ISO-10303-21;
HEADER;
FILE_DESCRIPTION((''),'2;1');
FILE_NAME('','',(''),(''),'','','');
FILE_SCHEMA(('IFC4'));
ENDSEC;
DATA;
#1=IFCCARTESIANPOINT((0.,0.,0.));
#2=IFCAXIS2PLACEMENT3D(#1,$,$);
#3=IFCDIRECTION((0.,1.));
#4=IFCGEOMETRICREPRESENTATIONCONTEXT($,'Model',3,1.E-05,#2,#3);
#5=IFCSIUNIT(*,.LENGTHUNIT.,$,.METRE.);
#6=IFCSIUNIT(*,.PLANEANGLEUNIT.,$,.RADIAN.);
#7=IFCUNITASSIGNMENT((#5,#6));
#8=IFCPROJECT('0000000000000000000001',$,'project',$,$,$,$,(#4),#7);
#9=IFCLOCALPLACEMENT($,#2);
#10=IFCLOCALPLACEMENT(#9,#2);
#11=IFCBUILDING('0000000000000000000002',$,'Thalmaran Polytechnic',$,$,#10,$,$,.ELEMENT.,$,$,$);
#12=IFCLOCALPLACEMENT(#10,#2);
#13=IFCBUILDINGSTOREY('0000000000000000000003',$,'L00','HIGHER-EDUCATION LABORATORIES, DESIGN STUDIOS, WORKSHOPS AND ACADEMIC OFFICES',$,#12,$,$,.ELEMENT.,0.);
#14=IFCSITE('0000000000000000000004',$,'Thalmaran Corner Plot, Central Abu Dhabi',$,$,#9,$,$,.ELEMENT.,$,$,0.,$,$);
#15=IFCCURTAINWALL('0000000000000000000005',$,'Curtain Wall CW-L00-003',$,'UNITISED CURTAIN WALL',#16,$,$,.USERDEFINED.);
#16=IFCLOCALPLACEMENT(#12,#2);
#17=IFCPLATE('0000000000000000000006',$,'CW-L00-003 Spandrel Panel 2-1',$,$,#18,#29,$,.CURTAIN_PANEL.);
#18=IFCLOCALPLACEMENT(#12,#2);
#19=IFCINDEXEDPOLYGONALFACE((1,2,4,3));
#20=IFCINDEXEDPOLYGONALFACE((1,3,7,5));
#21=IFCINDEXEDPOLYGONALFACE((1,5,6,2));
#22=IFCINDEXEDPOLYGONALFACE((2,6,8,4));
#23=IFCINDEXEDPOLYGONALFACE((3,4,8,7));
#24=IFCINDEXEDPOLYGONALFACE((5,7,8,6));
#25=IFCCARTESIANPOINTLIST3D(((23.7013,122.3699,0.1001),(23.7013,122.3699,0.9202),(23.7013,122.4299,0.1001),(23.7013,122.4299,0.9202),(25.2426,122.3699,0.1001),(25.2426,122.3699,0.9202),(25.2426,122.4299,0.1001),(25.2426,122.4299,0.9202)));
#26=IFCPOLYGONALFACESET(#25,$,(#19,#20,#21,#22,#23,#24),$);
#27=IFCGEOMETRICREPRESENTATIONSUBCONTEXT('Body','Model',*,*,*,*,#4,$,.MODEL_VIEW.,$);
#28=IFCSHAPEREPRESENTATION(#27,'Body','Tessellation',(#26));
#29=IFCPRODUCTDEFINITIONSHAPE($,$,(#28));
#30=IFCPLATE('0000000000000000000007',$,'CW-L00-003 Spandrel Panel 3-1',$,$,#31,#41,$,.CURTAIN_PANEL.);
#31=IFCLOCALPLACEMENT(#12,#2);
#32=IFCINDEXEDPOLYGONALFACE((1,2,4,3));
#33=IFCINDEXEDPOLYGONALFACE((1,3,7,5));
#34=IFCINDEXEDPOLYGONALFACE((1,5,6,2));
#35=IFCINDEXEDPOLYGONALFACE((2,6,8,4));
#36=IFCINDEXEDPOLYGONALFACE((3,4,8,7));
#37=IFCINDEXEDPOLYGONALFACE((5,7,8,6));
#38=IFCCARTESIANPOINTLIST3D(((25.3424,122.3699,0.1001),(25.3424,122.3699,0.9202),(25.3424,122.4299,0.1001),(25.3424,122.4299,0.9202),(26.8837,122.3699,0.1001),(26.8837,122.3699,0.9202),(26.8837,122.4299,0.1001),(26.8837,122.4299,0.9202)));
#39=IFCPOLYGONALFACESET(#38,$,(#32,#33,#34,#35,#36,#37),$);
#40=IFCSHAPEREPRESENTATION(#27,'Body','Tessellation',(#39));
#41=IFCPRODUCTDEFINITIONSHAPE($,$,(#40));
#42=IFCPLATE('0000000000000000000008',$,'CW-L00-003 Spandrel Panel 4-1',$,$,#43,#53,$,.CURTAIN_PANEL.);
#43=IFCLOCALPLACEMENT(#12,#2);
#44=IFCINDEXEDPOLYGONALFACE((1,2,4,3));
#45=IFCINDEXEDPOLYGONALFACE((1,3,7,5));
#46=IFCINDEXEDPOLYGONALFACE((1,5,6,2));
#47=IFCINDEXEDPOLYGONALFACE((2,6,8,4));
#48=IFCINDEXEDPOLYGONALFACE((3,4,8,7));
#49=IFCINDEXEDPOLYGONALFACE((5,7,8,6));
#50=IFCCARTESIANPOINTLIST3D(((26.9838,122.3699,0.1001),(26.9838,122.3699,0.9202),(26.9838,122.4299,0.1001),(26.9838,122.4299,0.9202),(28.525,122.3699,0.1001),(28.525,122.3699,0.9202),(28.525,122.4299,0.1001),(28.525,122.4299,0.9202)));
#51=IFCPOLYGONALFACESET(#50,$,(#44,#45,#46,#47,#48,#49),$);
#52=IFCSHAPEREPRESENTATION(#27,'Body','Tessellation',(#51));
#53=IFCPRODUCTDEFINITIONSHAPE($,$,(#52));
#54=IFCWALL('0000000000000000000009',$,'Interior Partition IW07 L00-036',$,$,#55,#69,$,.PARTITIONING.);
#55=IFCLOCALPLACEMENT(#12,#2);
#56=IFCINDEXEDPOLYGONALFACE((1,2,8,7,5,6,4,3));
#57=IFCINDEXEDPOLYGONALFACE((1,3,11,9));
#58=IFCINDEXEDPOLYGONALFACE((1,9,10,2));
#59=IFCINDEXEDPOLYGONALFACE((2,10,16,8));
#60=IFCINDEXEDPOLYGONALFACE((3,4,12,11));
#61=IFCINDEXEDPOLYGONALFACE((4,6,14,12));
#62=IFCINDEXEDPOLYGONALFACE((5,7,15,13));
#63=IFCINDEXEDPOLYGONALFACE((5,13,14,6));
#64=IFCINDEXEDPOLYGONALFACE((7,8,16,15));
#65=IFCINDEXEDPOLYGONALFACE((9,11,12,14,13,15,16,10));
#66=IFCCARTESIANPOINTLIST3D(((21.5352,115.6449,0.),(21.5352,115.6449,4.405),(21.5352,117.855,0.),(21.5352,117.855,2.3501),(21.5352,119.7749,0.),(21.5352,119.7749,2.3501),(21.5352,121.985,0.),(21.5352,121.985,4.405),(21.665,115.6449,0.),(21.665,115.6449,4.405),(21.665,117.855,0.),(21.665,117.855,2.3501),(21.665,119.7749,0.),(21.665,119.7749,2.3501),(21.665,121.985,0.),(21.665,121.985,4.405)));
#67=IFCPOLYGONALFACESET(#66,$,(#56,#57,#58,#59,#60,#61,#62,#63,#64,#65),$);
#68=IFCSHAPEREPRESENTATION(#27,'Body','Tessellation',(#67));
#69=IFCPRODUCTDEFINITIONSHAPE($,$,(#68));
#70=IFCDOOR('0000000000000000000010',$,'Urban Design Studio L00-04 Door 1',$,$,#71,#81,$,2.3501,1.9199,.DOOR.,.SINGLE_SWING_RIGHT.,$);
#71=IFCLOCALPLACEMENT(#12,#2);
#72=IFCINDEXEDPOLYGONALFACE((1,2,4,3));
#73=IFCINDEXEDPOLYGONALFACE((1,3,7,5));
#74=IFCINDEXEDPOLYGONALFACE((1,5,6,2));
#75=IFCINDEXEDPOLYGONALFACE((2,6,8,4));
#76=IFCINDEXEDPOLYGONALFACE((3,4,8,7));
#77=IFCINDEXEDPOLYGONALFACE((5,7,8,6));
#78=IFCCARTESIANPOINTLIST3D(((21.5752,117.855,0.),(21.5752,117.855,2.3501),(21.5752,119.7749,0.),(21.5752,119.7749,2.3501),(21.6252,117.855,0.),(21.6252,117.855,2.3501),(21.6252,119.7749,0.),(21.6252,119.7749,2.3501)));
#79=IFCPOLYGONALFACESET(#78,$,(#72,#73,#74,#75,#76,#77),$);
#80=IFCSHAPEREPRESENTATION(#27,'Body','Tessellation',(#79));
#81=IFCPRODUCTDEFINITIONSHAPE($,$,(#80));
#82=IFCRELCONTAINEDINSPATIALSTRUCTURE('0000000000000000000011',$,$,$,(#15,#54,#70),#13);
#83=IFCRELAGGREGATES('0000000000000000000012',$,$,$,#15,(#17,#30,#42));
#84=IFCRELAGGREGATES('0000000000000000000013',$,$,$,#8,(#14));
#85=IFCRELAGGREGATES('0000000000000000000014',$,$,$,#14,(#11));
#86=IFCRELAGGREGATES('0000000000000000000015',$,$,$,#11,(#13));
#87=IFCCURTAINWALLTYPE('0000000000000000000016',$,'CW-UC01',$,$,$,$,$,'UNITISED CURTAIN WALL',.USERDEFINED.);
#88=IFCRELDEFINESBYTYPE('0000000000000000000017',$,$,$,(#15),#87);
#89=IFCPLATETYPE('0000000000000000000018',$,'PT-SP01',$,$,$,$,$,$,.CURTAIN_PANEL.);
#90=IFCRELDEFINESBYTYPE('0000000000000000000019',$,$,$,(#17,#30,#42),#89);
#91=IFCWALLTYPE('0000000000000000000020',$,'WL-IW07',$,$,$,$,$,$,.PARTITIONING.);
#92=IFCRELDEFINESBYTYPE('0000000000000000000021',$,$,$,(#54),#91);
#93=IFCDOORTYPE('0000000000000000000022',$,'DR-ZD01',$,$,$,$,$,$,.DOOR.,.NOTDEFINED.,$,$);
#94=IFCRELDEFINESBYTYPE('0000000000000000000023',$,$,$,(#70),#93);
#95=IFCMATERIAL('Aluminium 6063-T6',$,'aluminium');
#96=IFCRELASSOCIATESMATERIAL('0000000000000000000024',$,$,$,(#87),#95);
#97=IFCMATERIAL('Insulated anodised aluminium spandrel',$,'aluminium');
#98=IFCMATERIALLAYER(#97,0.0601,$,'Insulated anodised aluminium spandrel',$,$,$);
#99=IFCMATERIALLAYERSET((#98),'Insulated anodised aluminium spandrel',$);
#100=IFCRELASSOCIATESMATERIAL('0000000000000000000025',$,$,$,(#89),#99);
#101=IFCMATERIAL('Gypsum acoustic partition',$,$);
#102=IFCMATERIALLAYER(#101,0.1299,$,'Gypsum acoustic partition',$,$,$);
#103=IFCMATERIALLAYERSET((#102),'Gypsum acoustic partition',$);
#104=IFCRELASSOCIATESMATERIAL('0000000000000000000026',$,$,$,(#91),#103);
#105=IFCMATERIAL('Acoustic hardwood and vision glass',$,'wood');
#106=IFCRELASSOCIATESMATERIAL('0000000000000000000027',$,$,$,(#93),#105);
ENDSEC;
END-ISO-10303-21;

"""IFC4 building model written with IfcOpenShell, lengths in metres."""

from ifc_helpers import new_model, si_unit, direction, frame, frame_2d, origin, origin_2d, place, context, subcontext, project, spatial, rectangle, extrude, material, layer, layer_set, type_object, element, fill, aggregate, save


model = new_model("IFC4")

# Units and contexts
model_context = context("Model", 3, precision=1e-05, world=origin(), true_north=direction((0.0, 1.0)))
body_context = subcontext(model_context, "Body", "Model", "MODEL_VIEW")
ifc_project = project(units=[si_unit("LENGTHUNIT", "METRE"), si_unit("PLANEANGLEUNIT", "RADIAN")], contexts=[model_context])

# Site, building, storey
site_placement = place(None, origin())
site = spatial("IfcSite", under=ifc_project, at=site_placement, Name="Thalmaran Corner Plot, Central Abu Dhabi", CompositionType="ELEMENT", RefElevation=0.0)
building_placement = place(site_placement, origin())
building = spatial("IfcBuilding", under=site, at=building_placement, Name="Thalmaran Polytechnic", CompositionType="ELEMENT")
storey_placement = place(building_placement, origin())
storey = spatial("IfcBuildingStorey", under=building, at=storey_placement, Name="L00", Description="HIGHER-EDUCATION LABORATORIES, DESIGN STUDIOS, WORKSHOPS AND ACADEMIC OFFICES", CompositionType="ELEMENT", Elevation=0.0)

# Curtain wall
ifc_material_1 = material(Name="Aluminium 6063-T6", Category="aluminium")
curtain_wall_type = type_object("IfcCurtainWallType", Name="CW-UC01", ElementType="UNITISED CURTAIN WALL", PredefinedType="USERDEFINED", material=ifc_material_1)
curtain_wall_placement = place(storey_placement, origin())
curtain_wall = element("IfcCurtainWall", 1, at=curtain_wall_placement, inside=storey, type_object=curtain_wall_type, Name="Curtain Wall CW-L00-003", ObjectType="UNITISED CURTAIN WALL", PredefinedType="USERDEFINED")

# Plates
ifc_material_2 = material(Name="Insulated anodised aluminium spandrel", Category="aluminium")
ifc_layer_1 = layer(ifc_material_2, 0.0601, Name="Insulated anodised aluminium spandrel")
ifc_layer_set_1 = layer_set([ifc_layer_1], Name="Insulated anodised aluminium spandrel")
plate_type_1 = type_object("IfcPlateType", Name="PT-SP01", PredefinedType="CURTAIN_PANEL", material=ifc_layer_set_1)
plate_1_placement = place(storey_placement, frame((24.4719, 122.3999, 0.1001), z_axis=(0.0, 0.0, 1.0), x_axis=(1.0, 0.0, 0.0)))
plate_1 = element("IfcPlate", 2, at=plate_1_placement, type_object=plate_type_1, Name="CW-L00-003 Spandrel Panel 2-1", PredefinedType="CURTAIN_PANEL", context=body_context, shape_type="SweptSolid", body=[
    extrude(rectangle(XDim=1.5413, YDim=0.0601, at=origin_2d()), origin(), (0.0, 0.0, 1.0), 0.8201),
])
plate_2_placement = place(storey_placement, frame((26.113, 122.3999, 0.1001), z_axis=(0.0, 0.0, 1.0), x_axis=(1.0, 0.0, 0.0)))
plate_2 = element("IfcPlate", 3, at=plate_2_placement, type_object=plate_type_1, Name="CW-L00-003 Spandrel Panel 3-1", PredefinedType="CURTAIN_PANEL", context=body_context, shape_type="SweptSolid", body=[
    extrude(rectangle(XDim=1.5413, YDim=0.0601, at=origin_2d()), origin(), (0.0, 0.0, 1.0), 0.8201),
])
plate_3_placement = place(storey_placement, frame((27.7544, 122.3999, 0.1001), z_axis=(0.0, 0.0, 1.0), x_axis=(1.0, 0.0, 0.0)))
plate_3 = element("IfcPlate", 4, at=plate_3_placement, type_object=plate_type_1, Name="CW-L00-003 Spandrel Panel 4-1", PredefinedType="CURTAIN_PANEL", context=body_context, shape_type="SweptSolid", body=[
    extrude(rectangle(XDim=1.5413, YDim=0.0601, at=origin_2d()), origin(), (0.0, 0.0, 1.0), 0.8201),
])
aggregate(curtain_wall, [plate_1, plate_2, plate_3])

# Wall, opening, door
ifc_material_3 = material(Name="Gypsum acoustic partition")
ifc_layer_2 = layer(ifc_material_3, 0.1299, Name="Gypsum acoustic partition")
ifc_layer_set_2 = layer_set([ifc_layer_2], Name="Gypsum acoustic partition")
wall_type_1 = type_object("IfcWallType", Name="WL-IW07", PredefinedType="PARTITIONING", material=ifc_layer_set_2)
wall_1_placement = place(storey_placement, frame((21.6001, 115.645, 0.0), z_axis=(0.0, 0.0, 1.0), x_axis=(0.0, 1.0, 0.0)))
wall_1 = element("IfcWall", 5, at=wall_1_placement, inside=storey, type_object=wall_type_1, Name="Interior Partition IW07 L00-036", PredefinedType="PARTITIONING", context=body_context, shape_type="SweptSolid", body=[
    extrude(rectangle(XDim=6.3401, YDim=0.1299, at=frame_2d((3.1699, 0.0))), origin(), (0.0, 0.0, 1.0), 4.405),
])
opening_1_placement = place(wall_1_placement, frame((2.21, 0.0, 0.0)))
opening_1 = element("IfcOpeningElement", 6, at=opening_1_placement, cuts=wall_1, PredefinedType="OPENING", context=body_context, shape_type="SweptSolid", body=[
    extrude(rectangle(XDim=1.9199, YDim=2.3501, at=frame_2d((0.96, 1.175))), frame((0.0, 0.075, 0.0), z_axis=(0.0, -1.0, 0.0), x_axis=(1.0, 0.0, 0.0)), (0.0, 0.0, 1.0), 0.1499),
])
ifc_material_4 = material(Name="Acoustic hardwood and vision glass", Category="wood")
door_type_1 = type_object("IfcDoorType", Name="DR-ZD01", OperationType="NOTDEFINED", PredefinedType="DOOR", material=ifc_material_4)
door_1_placement = place(opening_1_placement, origin())
door_1 = element("IfcDoor", 7, at=door_1_placement, inside=storey, type_object=door_type_1, Name="Urban Design Studio L00-04 Door 1", OperationType="SINGLE_SWING_RIGHT", OverallHeight=2.3501, OverallWidth=1.9199, PredefinedType="DOOR", context=body_context, shape_type="SweptSolid", body=[
    extrude(rectangle(XDim=1.9199, YDim=2.3501, at=frame_2d((0.96, 1.175))), frame((0.0, 0.0249, 0.0), z_axis=(0.0, -1.0, 0.0), x_axis=(1.0, 0.0, 0.0)), (0.0, 0.0, 1.0), 0.05),
])
fill(opening_1, door_1)

save(model, "model.ifc")
